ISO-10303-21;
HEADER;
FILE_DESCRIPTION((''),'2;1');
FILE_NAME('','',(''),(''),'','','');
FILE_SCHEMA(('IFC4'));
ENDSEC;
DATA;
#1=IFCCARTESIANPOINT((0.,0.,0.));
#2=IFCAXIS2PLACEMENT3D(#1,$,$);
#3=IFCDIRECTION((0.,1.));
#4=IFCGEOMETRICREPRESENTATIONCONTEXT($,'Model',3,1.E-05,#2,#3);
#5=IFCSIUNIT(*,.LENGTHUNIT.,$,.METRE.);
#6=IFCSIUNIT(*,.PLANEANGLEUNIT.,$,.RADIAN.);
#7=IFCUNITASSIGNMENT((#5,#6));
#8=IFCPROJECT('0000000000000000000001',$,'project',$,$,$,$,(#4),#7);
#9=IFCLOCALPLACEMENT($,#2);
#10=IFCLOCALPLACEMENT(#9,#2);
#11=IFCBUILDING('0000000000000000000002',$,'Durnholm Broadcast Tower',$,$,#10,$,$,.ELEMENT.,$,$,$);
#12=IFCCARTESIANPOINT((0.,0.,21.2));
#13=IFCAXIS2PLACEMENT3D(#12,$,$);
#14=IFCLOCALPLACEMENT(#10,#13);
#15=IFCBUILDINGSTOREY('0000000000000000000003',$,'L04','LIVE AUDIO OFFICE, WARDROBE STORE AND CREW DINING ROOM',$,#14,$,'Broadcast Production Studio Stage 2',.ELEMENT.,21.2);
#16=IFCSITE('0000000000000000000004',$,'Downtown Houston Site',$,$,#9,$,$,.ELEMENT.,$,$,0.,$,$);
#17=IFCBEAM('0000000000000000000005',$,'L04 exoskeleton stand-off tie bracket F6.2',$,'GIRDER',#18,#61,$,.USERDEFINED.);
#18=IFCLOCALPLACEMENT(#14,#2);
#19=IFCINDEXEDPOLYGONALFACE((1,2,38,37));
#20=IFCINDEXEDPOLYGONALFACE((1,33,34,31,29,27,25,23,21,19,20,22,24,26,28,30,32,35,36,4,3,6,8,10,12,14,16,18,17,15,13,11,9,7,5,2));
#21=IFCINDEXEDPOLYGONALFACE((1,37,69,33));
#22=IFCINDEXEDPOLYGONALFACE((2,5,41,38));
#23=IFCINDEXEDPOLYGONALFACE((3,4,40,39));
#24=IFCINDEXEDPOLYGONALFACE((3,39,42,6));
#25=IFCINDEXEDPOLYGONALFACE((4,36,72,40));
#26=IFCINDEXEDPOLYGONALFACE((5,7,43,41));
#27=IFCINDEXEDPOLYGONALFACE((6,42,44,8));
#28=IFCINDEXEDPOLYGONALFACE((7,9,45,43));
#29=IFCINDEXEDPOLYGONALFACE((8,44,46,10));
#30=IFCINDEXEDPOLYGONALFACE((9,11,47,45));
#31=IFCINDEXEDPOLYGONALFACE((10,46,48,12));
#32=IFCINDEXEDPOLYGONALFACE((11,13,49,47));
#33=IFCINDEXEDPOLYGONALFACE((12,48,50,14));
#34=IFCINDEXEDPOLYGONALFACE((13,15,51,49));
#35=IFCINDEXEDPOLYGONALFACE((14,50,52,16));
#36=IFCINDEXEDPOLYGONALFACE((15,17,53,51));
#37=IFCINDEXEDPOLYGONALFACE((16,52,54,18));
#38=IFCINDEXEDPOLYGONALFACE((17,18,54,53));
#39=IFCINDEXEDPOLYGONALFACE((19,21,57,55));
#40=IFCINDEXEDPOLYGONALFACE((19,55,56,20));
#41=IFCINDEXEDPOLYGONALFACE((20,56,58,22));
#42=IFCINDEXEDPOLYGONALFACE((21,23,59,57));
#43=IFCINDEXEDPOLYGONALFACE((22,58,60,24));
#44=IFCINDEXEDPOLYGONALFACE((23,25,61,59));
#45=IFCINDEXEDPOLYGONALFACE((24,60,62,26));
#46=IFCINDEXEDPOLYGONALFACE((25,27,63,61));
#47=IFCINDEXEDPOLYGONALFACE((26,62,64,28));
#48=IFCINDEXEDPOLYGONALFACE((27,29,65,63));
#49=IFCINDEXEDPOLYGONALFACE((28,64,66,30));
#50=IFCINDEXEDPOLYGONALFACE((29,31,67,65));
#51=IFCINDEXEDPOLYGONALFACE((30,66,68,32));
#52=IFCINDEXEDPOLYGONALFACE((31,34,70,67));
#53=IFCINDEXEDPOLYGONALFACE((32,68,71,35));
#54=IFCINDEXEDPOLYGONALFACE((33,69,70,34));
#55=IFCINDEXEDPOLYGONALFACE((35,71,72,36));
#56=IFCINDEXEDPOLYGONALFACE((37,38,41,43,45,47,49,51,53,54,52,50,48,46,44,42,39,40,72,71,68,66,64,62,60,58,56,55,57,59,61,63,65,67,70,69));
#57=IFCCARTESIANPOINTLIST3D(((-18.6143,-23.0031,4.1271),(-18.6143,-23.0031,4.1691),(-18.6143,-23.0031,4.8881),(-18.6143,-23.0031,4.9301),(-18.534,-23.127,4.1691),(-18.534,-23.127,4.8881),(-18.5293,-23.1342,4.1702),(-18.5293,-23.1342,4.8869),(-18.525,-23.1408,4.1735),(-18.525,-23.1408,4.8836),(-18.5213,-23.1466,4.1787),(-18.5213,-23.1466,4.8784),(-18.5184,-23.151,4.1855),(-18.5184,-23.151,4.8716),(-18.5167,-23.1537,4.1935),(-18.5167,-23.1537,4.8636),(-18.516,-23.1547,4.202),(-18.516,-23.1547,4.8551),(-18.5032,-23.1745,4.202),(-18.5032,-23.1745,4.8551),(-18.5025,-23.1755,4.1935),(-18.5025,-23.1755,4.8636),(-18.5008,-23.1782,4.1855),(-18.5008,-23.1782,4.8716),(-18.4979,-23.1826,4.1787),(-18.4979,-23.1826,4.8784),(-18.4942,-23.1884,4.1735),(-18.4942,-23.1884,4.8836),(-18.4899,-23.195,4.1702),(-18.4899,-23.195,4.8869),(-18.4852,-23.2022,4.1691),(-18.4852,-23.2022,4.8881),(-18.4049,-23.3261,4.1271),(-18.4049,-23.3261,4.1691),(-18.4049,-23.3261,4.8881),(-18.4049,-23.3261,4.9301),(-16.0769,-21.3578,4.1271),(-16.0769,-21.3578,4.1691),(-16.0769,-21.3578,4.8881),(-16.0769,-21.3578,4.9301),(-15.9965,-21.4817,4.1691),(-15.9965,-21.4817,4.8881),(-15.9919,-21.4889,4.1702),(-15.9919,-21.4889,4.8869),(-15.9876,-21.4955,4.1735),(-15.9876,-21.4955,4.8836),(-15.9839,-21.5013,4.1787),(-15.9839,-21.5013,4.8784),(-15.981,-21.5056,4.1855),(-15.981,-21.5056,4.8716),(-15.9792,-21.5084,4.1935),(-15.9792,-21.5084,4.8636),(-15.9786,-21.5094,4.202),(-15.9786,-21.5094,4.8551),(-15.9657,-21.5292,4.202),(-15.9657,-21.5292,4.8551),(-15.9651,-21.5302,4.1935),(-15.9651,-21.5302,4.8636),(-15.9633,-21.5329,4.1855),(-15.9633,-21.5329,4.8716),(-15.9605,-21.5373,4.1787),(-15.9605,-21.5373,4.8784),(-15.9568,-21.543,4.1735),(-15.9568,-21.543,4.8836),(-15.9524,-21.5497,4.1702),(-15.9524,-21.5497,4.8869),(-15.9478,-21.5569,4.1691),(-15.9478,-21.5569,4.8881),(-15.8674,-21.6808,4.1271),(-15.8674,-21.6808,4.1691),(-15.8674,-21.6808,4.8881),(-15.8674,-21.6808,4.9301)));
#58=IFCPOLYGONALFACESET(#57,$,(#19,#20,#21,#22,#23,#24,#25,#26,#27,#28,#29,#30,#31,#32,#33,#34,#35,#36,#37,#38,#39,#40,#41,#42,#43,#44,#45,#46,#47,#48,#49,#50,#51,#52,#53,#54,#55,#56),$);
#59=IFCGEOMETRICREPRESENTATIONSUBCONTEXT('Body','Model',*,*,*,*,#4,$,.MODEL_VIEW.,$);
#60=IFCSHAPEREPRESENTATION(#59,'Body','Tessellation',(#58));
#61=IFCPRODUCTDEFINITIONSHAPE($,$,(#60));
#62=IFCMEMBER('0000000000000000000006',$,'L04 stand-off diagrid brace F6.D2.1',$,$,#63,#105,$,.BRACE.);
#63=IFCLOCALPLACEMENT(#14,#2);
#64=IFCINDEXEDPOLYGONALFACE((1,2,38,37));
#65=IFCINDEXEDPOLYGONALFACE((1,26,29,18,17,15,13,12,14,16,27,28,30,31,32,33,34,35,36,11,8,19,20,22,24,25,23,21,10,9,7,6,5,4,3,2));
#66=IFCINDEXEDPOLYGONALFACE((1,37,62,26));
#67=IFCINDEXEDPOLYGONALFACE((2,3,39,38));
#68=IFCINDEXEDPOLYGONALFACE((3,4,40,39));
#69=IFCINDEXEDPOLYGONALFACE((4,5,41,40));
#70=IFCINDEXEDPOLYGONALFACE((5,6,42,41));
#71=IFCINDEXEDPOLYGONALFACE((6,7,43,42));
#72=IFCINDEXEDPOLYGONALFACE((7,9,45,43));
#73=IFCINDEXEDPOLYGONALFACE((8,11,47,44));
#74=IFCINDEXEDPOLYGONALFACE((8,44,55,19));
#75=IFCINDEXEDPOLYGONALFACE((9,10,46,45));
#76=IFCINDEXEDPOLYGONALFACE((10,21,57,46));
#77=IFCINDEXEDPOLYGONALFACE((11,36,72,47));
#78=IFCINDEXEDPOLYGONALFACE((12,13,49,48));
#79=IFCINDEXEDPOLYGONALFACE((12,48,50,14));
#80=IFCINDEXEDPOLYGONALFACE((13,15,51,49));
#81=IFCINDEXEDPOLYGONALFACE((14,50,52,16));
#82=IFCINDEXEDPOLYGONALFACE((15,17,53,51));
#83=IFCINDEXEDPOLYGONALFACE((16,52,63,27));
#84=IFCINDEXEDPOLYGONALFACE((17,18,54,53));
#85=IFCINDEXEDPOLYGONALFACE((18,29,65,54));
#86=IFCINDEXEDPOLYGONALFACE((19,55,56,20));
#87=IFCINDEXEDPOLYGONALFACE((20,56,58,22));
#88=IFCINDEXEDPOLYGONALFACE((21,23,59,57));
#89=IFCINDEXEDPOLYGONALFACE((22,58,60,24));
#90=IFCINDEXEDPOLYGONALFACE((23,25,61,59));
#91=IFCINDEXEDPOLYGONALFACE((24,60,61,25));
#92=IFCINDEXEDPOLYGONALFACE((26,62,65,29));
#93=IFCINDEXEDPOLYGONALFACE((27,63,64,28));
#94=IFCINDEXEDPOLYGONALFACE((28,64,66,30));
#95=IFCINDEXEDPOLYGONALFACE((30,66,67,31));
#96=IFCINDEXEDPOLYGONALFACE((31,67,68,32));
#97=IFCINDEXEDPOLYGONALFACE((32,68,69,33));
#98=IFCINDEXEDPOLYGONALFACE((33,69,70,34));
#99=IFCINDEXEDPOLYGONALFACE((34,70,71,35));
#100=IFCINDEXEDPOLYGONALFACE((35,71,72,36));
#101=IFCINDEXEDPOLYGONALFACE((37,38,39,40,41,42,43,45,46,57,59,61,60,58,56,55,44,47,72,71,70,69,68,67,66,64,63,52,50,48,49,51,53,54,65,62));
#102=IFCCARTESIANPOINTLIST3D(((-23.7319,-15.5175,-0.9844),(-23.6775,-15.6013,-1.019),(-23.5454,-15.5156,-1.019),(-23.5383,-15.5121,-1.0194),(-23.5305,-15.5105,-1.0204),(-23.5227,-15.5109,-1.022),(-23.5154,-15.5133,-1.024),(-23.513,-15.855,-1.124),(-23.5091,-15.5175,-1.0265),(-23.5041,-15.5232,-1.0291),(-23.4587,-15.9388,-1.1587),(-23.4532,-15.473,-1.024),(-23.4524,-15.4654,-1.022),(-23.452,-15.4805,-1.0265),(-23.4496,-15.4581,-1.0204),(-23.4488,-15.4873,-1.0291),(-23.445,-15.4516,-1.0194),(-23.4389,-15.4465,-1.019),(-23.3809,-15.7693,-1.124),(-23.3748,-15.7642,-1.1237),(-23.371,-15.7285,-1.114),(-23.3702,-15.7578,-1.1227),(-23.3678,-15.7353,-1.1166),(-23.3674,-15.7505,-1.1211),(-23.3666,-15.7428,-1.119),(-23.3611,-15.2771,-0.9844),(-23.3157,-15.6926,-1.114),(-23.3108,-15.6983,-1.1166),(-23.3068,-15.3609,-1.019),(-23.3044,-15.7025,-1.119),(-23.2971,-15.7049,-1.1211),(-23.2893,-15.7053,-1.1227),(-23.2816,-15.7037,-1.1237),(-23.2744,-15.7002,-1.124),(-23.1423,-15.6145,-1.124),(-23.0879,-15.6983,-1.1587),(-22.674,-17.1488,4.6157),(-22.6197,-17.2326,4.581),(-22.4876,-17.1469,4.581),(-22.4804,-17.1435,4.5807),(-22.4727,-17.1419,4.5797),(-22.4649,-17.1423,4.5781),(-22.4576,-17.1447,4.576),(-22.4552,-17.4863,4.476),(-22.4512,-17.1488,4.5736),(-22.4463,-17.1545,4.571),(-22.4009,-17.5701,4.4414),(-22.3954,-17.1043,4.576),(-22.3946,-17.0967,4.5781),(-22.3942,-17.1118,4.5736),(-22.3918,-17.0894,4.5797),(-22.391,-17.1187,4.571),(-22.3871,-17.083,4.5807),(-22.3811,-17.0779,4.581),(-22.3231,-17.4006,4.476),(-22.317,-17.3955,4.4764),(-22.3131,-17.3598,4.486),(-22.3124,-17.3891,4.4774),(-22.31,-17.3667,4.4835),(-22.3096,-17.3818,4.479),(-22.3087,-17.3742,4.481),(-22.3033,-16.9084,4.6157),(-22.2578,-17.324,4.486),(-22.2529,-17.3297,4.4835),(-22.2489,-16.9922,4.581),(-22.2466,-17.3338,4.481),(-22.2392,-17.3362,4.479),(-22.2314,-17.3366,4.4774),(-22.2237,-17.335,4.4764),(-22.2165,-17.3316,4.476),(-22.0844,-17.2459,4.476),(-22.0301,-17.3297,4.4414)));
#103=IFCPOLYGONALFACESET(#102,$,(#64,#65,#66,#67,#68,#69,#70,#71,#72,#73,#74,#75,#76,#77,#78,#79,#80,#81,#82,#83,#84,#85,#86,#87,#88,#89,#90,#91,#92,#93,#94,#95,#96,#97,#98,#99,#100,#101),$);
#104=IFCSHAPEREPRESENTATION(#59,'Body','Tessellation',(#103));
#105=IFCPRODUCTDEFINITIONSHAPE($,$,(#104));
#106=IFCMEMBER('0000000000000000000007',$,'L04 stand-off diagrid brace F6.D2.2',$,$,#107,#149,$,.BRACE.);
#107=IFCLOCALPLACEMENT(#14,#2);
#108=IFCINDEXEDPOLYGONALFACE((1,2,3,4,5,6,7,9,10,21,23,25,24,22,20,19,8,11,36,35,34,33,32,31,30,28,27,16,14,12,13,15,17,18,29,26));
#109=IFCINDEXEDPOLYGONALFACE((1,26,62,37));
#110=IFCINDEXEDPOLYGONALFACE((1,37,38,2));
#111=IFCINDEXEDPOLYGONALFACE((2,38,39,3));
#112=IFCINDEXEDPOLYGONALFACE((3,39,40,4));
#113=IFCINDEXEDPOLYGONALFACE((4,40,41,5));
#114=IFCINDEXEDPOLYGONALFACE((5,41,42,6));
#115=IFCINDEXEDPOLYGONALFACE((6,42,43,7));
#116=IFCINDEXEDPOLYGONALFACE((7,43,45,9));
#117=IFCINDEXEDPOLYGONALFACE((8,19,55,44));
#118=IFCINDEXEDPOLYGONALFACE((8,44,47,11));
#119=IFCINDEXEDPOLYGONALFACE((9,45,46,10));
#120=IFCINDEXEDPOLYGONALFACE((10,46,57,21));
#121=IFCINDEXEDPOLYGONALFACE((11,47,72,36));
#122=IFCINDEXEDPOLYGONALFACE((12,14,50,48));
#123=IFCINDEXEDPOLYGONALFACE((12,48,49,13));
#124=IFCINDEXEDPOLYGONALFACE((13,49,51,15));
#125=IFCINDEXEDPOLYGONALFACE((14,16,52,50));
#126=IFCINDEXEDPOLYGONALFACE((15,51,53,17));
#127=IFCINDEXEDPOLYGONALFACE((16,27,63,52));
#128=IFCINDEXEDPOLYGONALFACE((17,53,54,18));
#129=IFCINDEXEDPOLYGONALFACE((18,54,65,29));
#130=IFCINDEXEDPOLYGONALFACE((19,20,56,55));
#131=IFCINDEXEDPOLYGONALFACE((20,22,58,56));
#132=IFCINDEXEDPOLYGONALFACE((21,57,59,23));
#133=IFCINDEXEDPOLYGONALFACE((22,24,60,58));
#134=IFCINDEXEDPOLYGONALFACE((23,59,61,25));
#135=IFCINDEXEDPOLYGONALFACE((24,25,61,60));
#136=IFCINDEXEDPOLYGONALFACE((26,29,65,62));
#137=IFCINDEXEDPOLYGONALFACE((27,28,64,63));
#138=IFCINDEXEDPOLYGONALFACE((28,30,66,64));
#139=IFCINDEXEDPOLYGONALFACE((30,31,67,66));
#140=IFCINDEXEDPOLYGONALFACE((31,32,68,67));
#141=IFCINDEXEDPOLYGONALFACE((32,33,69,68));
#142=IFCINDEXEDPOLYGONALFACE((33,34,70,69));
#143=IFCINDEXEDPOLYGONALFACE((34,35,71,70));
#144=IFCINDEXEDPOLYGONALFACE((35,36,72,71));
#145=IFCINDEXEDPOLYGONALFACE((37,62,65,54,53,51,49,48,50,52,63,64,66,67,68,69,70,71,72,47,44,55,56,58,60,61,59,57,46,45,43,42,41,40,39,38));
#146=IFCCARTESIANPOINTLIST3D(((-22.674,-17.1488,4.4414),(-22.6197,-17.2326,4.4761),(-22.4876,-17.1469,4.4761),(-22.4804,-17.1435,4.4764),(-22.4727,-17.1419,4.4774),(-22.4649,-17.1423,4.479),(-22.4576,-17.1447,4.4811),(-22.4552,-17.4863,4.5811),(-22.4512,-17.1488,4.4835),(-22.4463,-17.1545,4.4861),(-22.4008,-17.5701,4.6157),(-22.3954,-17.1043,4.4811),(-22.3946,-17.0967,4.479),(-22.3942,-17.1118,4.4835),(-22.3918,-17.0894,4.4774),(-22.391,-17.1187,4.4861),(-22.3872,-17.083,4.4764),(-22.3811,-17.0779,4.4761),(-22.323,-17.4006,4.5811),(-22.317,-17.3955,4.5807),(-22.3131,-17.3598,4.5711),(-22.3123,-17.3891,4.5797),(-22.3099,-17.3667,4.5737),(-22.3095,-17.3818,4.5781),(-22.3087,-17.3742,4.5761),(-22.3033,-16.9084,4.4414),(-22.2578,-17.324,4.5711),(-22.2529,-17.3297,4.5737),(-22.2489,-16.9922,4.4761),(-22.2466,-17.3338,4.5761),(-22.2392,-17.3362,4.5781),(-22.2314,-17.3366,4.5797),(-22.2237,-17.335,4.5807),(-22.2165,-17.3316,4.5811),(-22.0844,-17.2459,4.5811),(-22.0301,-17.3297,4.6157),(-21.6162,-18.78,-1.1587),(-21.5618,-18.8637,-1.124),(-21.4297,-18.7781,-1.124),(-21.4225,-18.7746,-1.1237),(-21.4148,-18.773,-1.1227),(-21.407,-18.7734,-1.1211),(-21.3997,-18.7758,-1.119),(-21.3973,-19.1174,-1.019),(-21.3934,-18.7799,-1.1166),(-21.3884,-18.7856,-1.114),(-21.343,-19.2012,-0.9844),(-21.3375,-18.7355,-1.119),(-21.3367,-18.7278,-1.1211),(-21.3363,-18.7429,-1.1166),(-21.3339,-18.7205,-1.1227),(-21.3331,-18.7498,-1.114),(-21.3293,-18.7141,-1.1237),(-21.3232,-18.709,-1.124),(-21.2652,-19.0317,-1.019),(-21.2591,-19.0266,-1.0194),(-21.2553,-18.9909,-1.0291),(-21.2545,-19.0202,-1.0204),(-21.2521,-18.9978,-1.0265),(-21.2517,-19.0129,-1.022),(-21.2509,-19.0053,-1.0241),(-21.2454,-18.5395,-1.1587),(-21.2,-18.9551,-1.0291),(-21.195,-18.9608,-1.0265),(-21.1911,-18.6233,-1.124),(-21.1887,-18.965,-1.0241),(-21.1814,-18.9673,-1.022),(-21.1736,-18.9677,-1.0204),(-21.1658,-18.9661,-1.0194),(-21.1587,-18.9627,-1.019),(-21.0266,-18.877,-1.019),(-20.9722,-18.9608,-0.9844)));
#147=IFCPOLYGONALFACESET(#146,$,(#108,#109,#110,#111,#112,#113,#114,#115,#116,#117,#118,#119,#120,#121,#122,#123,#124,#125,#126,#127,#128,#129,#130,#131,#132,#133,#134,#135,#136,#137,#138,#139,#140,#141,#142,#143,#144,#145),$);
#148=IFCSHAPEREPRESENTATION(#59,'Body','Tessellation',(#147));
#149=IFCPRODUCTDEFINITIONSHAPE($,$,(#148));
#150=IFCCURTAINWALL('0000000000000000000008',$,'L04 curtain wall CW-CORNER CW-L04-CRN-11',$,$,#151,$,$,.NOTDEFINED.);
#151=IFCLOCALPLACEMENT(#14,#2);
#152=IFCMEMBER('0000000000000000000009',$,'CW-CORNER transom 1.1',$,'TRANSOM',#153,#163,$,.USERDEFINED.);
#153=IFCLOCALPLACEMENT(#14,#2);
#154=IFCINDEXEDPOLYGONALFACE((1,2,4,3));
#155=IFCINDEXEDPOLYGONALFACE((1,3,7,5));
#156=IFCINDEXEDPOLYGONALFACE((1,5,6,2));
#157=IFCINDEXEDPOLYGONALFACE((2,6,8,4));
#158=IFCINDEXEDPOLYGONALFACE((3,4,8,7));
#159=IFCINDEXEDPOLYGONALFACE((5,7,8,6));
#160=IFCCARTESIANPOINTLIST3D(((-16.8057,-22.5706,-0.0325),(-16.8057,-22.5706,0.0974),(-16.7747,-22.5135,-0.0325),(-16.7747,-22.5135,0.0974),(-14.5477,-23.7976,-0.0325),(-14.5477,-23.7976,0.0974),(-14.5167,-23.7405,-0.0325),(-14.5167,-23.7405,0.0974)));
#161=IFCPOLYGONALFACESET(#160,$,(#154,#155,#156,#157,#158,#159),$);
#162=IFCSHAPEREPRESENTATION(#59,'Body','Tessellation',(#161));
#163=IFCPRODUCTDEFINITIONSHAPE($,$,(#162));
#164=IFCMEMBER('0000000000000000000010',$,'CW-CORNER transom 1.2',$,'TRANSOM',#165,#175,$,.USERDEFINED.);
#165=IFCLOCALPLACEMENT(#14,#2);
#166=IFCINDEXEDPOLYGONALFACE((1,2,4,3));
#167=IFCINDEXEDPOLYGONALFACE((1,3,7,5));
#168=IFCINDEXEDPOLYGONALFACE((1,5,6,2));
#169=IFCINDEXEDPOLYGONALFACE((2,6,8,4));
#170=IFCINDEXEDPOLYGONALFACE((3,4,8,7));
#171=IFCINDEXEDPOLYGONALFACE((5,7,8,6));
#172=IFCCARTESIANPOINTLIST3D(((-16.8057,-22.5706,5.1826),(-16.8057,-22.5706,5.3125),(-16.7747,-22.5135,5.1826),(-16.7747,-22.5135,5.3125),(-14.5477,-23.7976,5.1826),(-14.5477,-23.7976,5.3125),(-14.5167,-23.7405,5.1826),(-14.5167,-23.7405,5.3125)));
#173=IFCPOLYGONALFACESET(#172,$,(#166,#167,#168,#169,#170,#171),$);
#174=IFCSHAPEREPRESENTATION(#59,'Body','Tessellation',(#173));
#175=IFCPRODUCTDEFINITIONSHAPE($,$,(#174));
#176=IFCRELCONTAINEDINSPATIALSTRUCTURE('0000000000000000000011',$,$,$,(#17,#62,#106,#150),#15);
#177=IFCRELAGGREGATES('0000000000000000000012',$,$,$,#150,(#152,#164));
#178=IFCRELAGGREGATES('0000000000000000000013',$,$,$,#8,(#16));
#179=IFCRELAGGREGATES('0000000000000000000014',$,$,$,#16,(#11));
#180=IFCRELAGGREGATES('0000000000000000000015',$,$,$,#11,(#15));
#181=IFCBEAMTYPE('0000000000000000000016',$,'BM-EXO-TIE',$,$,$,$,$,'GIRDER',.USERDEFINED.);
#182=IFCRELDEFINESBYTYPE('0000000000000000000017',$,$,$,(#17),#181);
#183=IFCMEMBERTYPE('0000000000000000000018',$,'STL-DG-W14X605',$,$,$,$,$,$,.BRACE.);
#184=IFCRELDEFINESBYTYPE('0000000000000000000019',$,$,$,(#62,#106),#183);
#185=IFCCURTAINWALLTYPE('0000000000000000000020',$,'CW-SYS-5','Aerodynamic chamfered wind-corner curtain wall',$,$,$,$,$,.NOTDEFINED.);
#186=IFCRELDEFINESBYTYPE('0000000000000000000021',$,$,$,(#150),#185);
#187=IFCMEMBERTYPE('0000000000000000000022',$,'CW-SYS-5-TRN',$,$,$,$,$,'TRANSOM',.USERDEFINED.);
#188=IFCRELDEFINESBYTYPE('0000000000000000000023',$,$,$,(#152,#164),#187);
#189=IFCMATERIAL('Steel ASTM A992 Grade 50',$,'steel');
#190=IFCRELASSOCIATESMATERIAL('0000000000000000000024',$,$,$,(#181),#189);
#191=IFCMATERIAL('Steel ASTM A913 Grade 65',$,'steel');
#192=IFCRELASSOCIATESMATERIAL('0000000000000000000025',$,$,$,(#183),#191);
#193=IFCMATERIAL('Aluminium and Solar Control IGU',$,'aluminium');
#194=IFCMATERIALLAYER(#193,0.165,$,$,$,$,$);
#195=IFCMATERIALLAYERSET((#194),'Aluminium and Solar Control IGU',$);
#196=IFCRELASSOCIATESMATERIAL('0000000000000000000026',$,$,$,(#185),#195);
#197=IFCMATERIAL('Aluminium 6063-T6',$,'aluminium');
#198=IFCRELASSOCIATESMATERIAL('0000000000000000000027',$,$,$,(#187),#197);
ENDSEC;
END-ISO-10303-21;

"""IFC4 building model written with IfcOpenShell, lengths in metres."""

from ifc_helpers import new_model, si_unit, direction, frame, origin, origin_2d, place, context, subcontext, project, spatial, rectangle, i_section, extrude, source, transform, mapped, material, layer, layer_set, material_profile, profile_set, type_object, type_shapes, element, aggregate, save


model = new_model("IFC4")

# Units and contexts
model_context = context("Model", 3, precision=1e-05, world=origin(), true_north=direction((0.0, 1.0)))
body_context = subcontext(model_context, "Body", "Model", "MODEL_VIEW")
ifc_project = project(units=[si_unit("LENGTHUNIT", "METRE"), si_unit("PLANEANGLEUNIT", "RADIAN")], contexts=[model_context])

# Site, building, storey
site_placement = place(None, origin())
site = spatial("IfcSite", under=ifc_project, at=site_placement, Name="Downtown Houston Site", CompositionType="ELEMENT", RefElevation=0.0)
building_placement = place(site_placement, origin())
building = spatial("IfcBuilding", under=site, at=building_placement, Name="Durnholm Broadcast Tower", CompositionType="ELEMENT")
storey_placement = place(building_placement, frame((0.0, 0.0, 21.2)))
storey = spatial("IfcBuildingStorey", under=building, at=storey_placement, Name="L04", Description="LIVE AUDIO OFFICE, WARDROBE STORE AND CREW DINING ROOM", LongName="Broadcast Production Studio Stage 2", CompositionType="ELEMENT", Elevation=21.2)

# Shared definitions
ifc_material_1 = material(Name="Steel ASTM A913 Grade 65", Category="steel")

# Beam
ifc_material_2 = material(Name="Steel ASTM A992 Grade 50", Category="steel")
ifc_material_profile_1 = material_profile(ifc_material_2, i_section(OverallWidth=0.385, OverallDepth=0.803, WebThickness=0.0237, FlangeThickness=0.042, FilletRadius=0.033, at=origin_2d()), Name="W30X261")
ifc_profile_set_1 = profile_set([ifc_material_profile_1], Name="Steel ASTM A992 Grade 50")
beam_type_1 = type_object("IfcBeamType", Name="BM-EXO-TIE", ElementType="GIRDER", PredefinedType="USERDEFINED", material=ifc_profile_set_1)
shared_shape_1 = source(origin(), body_context, "Body", "SweptSolid", [
    extrude(i_section(OverallWidth=0.385, OverallDepth=0.803, WebThickness=0.0237, FlangeThickness=0.042, FilletRadius=0.033, at=origin_2d()), origin(), (0.0, 0.0, 1.0), 3.0242),
])
type_shapes(beam_type_1, [shared_shape_1])
beam_1_placement = place(storey_placement, frame((-15.9722, -21.5193, 4.5286), z_axis=(-0.83905, -0.544054, 0.0), x_axis=(0.544054, -0.83905, 0.0)))
element("IfcBeam", 1, at=beam_1_placement, inside=storey, type_object=beam_type_1, Name="L04 exoskeleton stand-off tie bracket F6.2", ObjectType="GIRDER", PredefinedType="USERDEFINED", context=body_context, shape_type="MappedRepresentation", body=[
    mapped(shared_shape_1, transform((0.0, 0.0, 0.0), x_axis=(1.0, 0.0, 0.0), y_axis=(0.0, 1.0, 0.0), z_axis=(0.0, 0.0, 1.0), scale=1.0)),
])

# Members
ifc_material_profile_2 = material_profile(ifc_material_1, i_section(OverallWidth=0.4419, OverallDepth=0.5315, WebThickness=0.0659, FlangeThickness=0.1057, FilletRadius=0.0305, at=origin_2d()), Name="W14X605")
ifc_profile_set_2 = profile_set([ifc_material_profile_2], Name="Steel ASTM A913 Grade 65")
member_type_1 = type_object("IfcMemberType", Name="STL-DG-W14X605", PredefinedType="BRACE", material=ifc_profile_set_2)
shared_shape_2 = source(origin(), body_context, "Body", "SweptSolid", [
    extrude(i_section(OverallWidth=0.4419, OverallDepth=0.5315, WebThickness=0.0659, FlangeThickness=0.1057, FilletRadius=0.0305, at=origin_2d()), origin(), (0.0, 0.0, 1.0), 5.928),
])
type_shapes(member_type_1, [shared_shape_2])
for number, where, z_axis, x_axis, name in (
    (2, (-23.4099, -15.6079, -1.0715), (0.178451, -0.275193, 0.944682), (0.839034, 0.544079, 0.0), "L04 stand-off diagrid brace F6.D2.1"),
    (3, (-21.2942, -18.8704, -1.0715), (-0.178453, 0.275154, 0.944693), (-0.838997, -0.544136, 0.0), "L04 stand-off diagrid brace F6.D2.2"),
):
    element("IfcMember", number, at=place(storey_placement, frame(where, z_axis=z_axis, x_axis=x_axis)), inside=storey, type_object=member_type_1, Name=name, PredefinedType="BRACE", context=body_context, shape_type="MappedRepresentation", body=[
        mapped(shared_shape_2, transform((0.0, 0.0, 0.0), x_axis=(1.0, 0.0, 0.0), y_axis=(0.0, 1.0, 0.0), z_axis=(0.0, 0.0, 1.0), scale=1.0)),
    ])

# Curtain wall, members
ifc_material_3 = material(Name="Aluminium and Solar Control IGU", Category="aluminium")
ifc_layer_1 = layer(ifc_material_3, 0.165)
ifc_layer_set_1 = layer_set([ifc_layer_1], Name="Aluminium and Solar Control IGU")
curtain_wall_type_1 = type_object("IfcCurtainWallType", Name="CW-SYS-5", Description="Aerodynamic chamfered wind-corner curtain wall", PredefinedType="NOTDEFINED", material=ifc_layer_set_1)
curtain_wall_1_placement = place(storey_placement, origin())
curtain_wall_1 = element("IfcCurtainWall", 4, at=curtain_wall_1_placement, inside=storey, type_object=curtain_wall_type_1, Name="L04 curtain wall CW-CORNER CW-L04-CRN-11", PredefinedType="NOTDEFINED")
ifc_material_4 = material(Name="Aluminium 6063-T6", Category="aluminium")
ifc_material_profile_3 = material_profile(ifc_material_4, rectangle(XDim=0.0649, YDim=0.1299, at=origin_2d()), Name="CWT65X130")
ifc_profile_set_3 = profile_set([ifc_material_profile_3], Name="Aluminium 6063-T6")
member_type_2 = type_object("IfcMemberType", Name="CW-SYS-5-TRN", ElementType="TRANSOM", PredefinedType="USERDEFINED", material=ifc_profile_set_3)
shared_shape_3 = source(origin(), body_context, "Body", "SweptSolid", [
    extrude(rectangle(XDim=0.0649, YDim=0.1299, at=origin_2d()), origin(), (0.0, 0.0, 1.0), 2.5698),
])
type_shapes(member_type_2, [shared_shape_3])
member_1_placement = place(storey_placement, frame((-14.5322, -23.769, 0.0325), z_axis=(-0.87865, 0.477467, 0.0), x_axis=(-0.477467, -0.87865, 0.0)))
member_1 = element("IfcMember", 5, at=member_1_placement, type_object=member_type_2, Name="CW-CORNER transom 1.1", ObjectType="TRANSOM", PredefinedType="USERDEFINED", context=body_context, shape_type="MappedRepresentation", body=[
    mapped(shared_shape_3, transform((0.0, 0.0, 0.0), x_axis=(1.0, 0.0, 0.0), y_axis=(0.0, 1.0, 0.0), z_axis=(0.0, 0.0, 1.0), scale=1.0)),
])
member_2_placement = place(storey_placement, frame((-14.5322, -23.769, 5.2476), z_axis=(-0.87865, 0.477467, 0.0), x_axis=(-0.477467, -0.87865, 0.0)))
member_2 = element("IfcMember", 6, at=member_2_placement, type_object=member_type_2, Name="CW-CORNER transom 1.2", ObjectType="TRANSOM", PredefinedType="USERDEFINED", context=body_context, shape_type="MappedRepresentation", body=[
    mapped(shared_shape_3, transform((0.0, 0.0, 0.0), x_axis=(1.0, 0.0, 0.0), y_axis=(0.0, 1.0, 0.0), z_axis=(0.0, 0.0, 1.0), scale=1.0)),
])

aggregate(curtain_wall_1, [member_1, member_2])

save(model, "model.ifc")
